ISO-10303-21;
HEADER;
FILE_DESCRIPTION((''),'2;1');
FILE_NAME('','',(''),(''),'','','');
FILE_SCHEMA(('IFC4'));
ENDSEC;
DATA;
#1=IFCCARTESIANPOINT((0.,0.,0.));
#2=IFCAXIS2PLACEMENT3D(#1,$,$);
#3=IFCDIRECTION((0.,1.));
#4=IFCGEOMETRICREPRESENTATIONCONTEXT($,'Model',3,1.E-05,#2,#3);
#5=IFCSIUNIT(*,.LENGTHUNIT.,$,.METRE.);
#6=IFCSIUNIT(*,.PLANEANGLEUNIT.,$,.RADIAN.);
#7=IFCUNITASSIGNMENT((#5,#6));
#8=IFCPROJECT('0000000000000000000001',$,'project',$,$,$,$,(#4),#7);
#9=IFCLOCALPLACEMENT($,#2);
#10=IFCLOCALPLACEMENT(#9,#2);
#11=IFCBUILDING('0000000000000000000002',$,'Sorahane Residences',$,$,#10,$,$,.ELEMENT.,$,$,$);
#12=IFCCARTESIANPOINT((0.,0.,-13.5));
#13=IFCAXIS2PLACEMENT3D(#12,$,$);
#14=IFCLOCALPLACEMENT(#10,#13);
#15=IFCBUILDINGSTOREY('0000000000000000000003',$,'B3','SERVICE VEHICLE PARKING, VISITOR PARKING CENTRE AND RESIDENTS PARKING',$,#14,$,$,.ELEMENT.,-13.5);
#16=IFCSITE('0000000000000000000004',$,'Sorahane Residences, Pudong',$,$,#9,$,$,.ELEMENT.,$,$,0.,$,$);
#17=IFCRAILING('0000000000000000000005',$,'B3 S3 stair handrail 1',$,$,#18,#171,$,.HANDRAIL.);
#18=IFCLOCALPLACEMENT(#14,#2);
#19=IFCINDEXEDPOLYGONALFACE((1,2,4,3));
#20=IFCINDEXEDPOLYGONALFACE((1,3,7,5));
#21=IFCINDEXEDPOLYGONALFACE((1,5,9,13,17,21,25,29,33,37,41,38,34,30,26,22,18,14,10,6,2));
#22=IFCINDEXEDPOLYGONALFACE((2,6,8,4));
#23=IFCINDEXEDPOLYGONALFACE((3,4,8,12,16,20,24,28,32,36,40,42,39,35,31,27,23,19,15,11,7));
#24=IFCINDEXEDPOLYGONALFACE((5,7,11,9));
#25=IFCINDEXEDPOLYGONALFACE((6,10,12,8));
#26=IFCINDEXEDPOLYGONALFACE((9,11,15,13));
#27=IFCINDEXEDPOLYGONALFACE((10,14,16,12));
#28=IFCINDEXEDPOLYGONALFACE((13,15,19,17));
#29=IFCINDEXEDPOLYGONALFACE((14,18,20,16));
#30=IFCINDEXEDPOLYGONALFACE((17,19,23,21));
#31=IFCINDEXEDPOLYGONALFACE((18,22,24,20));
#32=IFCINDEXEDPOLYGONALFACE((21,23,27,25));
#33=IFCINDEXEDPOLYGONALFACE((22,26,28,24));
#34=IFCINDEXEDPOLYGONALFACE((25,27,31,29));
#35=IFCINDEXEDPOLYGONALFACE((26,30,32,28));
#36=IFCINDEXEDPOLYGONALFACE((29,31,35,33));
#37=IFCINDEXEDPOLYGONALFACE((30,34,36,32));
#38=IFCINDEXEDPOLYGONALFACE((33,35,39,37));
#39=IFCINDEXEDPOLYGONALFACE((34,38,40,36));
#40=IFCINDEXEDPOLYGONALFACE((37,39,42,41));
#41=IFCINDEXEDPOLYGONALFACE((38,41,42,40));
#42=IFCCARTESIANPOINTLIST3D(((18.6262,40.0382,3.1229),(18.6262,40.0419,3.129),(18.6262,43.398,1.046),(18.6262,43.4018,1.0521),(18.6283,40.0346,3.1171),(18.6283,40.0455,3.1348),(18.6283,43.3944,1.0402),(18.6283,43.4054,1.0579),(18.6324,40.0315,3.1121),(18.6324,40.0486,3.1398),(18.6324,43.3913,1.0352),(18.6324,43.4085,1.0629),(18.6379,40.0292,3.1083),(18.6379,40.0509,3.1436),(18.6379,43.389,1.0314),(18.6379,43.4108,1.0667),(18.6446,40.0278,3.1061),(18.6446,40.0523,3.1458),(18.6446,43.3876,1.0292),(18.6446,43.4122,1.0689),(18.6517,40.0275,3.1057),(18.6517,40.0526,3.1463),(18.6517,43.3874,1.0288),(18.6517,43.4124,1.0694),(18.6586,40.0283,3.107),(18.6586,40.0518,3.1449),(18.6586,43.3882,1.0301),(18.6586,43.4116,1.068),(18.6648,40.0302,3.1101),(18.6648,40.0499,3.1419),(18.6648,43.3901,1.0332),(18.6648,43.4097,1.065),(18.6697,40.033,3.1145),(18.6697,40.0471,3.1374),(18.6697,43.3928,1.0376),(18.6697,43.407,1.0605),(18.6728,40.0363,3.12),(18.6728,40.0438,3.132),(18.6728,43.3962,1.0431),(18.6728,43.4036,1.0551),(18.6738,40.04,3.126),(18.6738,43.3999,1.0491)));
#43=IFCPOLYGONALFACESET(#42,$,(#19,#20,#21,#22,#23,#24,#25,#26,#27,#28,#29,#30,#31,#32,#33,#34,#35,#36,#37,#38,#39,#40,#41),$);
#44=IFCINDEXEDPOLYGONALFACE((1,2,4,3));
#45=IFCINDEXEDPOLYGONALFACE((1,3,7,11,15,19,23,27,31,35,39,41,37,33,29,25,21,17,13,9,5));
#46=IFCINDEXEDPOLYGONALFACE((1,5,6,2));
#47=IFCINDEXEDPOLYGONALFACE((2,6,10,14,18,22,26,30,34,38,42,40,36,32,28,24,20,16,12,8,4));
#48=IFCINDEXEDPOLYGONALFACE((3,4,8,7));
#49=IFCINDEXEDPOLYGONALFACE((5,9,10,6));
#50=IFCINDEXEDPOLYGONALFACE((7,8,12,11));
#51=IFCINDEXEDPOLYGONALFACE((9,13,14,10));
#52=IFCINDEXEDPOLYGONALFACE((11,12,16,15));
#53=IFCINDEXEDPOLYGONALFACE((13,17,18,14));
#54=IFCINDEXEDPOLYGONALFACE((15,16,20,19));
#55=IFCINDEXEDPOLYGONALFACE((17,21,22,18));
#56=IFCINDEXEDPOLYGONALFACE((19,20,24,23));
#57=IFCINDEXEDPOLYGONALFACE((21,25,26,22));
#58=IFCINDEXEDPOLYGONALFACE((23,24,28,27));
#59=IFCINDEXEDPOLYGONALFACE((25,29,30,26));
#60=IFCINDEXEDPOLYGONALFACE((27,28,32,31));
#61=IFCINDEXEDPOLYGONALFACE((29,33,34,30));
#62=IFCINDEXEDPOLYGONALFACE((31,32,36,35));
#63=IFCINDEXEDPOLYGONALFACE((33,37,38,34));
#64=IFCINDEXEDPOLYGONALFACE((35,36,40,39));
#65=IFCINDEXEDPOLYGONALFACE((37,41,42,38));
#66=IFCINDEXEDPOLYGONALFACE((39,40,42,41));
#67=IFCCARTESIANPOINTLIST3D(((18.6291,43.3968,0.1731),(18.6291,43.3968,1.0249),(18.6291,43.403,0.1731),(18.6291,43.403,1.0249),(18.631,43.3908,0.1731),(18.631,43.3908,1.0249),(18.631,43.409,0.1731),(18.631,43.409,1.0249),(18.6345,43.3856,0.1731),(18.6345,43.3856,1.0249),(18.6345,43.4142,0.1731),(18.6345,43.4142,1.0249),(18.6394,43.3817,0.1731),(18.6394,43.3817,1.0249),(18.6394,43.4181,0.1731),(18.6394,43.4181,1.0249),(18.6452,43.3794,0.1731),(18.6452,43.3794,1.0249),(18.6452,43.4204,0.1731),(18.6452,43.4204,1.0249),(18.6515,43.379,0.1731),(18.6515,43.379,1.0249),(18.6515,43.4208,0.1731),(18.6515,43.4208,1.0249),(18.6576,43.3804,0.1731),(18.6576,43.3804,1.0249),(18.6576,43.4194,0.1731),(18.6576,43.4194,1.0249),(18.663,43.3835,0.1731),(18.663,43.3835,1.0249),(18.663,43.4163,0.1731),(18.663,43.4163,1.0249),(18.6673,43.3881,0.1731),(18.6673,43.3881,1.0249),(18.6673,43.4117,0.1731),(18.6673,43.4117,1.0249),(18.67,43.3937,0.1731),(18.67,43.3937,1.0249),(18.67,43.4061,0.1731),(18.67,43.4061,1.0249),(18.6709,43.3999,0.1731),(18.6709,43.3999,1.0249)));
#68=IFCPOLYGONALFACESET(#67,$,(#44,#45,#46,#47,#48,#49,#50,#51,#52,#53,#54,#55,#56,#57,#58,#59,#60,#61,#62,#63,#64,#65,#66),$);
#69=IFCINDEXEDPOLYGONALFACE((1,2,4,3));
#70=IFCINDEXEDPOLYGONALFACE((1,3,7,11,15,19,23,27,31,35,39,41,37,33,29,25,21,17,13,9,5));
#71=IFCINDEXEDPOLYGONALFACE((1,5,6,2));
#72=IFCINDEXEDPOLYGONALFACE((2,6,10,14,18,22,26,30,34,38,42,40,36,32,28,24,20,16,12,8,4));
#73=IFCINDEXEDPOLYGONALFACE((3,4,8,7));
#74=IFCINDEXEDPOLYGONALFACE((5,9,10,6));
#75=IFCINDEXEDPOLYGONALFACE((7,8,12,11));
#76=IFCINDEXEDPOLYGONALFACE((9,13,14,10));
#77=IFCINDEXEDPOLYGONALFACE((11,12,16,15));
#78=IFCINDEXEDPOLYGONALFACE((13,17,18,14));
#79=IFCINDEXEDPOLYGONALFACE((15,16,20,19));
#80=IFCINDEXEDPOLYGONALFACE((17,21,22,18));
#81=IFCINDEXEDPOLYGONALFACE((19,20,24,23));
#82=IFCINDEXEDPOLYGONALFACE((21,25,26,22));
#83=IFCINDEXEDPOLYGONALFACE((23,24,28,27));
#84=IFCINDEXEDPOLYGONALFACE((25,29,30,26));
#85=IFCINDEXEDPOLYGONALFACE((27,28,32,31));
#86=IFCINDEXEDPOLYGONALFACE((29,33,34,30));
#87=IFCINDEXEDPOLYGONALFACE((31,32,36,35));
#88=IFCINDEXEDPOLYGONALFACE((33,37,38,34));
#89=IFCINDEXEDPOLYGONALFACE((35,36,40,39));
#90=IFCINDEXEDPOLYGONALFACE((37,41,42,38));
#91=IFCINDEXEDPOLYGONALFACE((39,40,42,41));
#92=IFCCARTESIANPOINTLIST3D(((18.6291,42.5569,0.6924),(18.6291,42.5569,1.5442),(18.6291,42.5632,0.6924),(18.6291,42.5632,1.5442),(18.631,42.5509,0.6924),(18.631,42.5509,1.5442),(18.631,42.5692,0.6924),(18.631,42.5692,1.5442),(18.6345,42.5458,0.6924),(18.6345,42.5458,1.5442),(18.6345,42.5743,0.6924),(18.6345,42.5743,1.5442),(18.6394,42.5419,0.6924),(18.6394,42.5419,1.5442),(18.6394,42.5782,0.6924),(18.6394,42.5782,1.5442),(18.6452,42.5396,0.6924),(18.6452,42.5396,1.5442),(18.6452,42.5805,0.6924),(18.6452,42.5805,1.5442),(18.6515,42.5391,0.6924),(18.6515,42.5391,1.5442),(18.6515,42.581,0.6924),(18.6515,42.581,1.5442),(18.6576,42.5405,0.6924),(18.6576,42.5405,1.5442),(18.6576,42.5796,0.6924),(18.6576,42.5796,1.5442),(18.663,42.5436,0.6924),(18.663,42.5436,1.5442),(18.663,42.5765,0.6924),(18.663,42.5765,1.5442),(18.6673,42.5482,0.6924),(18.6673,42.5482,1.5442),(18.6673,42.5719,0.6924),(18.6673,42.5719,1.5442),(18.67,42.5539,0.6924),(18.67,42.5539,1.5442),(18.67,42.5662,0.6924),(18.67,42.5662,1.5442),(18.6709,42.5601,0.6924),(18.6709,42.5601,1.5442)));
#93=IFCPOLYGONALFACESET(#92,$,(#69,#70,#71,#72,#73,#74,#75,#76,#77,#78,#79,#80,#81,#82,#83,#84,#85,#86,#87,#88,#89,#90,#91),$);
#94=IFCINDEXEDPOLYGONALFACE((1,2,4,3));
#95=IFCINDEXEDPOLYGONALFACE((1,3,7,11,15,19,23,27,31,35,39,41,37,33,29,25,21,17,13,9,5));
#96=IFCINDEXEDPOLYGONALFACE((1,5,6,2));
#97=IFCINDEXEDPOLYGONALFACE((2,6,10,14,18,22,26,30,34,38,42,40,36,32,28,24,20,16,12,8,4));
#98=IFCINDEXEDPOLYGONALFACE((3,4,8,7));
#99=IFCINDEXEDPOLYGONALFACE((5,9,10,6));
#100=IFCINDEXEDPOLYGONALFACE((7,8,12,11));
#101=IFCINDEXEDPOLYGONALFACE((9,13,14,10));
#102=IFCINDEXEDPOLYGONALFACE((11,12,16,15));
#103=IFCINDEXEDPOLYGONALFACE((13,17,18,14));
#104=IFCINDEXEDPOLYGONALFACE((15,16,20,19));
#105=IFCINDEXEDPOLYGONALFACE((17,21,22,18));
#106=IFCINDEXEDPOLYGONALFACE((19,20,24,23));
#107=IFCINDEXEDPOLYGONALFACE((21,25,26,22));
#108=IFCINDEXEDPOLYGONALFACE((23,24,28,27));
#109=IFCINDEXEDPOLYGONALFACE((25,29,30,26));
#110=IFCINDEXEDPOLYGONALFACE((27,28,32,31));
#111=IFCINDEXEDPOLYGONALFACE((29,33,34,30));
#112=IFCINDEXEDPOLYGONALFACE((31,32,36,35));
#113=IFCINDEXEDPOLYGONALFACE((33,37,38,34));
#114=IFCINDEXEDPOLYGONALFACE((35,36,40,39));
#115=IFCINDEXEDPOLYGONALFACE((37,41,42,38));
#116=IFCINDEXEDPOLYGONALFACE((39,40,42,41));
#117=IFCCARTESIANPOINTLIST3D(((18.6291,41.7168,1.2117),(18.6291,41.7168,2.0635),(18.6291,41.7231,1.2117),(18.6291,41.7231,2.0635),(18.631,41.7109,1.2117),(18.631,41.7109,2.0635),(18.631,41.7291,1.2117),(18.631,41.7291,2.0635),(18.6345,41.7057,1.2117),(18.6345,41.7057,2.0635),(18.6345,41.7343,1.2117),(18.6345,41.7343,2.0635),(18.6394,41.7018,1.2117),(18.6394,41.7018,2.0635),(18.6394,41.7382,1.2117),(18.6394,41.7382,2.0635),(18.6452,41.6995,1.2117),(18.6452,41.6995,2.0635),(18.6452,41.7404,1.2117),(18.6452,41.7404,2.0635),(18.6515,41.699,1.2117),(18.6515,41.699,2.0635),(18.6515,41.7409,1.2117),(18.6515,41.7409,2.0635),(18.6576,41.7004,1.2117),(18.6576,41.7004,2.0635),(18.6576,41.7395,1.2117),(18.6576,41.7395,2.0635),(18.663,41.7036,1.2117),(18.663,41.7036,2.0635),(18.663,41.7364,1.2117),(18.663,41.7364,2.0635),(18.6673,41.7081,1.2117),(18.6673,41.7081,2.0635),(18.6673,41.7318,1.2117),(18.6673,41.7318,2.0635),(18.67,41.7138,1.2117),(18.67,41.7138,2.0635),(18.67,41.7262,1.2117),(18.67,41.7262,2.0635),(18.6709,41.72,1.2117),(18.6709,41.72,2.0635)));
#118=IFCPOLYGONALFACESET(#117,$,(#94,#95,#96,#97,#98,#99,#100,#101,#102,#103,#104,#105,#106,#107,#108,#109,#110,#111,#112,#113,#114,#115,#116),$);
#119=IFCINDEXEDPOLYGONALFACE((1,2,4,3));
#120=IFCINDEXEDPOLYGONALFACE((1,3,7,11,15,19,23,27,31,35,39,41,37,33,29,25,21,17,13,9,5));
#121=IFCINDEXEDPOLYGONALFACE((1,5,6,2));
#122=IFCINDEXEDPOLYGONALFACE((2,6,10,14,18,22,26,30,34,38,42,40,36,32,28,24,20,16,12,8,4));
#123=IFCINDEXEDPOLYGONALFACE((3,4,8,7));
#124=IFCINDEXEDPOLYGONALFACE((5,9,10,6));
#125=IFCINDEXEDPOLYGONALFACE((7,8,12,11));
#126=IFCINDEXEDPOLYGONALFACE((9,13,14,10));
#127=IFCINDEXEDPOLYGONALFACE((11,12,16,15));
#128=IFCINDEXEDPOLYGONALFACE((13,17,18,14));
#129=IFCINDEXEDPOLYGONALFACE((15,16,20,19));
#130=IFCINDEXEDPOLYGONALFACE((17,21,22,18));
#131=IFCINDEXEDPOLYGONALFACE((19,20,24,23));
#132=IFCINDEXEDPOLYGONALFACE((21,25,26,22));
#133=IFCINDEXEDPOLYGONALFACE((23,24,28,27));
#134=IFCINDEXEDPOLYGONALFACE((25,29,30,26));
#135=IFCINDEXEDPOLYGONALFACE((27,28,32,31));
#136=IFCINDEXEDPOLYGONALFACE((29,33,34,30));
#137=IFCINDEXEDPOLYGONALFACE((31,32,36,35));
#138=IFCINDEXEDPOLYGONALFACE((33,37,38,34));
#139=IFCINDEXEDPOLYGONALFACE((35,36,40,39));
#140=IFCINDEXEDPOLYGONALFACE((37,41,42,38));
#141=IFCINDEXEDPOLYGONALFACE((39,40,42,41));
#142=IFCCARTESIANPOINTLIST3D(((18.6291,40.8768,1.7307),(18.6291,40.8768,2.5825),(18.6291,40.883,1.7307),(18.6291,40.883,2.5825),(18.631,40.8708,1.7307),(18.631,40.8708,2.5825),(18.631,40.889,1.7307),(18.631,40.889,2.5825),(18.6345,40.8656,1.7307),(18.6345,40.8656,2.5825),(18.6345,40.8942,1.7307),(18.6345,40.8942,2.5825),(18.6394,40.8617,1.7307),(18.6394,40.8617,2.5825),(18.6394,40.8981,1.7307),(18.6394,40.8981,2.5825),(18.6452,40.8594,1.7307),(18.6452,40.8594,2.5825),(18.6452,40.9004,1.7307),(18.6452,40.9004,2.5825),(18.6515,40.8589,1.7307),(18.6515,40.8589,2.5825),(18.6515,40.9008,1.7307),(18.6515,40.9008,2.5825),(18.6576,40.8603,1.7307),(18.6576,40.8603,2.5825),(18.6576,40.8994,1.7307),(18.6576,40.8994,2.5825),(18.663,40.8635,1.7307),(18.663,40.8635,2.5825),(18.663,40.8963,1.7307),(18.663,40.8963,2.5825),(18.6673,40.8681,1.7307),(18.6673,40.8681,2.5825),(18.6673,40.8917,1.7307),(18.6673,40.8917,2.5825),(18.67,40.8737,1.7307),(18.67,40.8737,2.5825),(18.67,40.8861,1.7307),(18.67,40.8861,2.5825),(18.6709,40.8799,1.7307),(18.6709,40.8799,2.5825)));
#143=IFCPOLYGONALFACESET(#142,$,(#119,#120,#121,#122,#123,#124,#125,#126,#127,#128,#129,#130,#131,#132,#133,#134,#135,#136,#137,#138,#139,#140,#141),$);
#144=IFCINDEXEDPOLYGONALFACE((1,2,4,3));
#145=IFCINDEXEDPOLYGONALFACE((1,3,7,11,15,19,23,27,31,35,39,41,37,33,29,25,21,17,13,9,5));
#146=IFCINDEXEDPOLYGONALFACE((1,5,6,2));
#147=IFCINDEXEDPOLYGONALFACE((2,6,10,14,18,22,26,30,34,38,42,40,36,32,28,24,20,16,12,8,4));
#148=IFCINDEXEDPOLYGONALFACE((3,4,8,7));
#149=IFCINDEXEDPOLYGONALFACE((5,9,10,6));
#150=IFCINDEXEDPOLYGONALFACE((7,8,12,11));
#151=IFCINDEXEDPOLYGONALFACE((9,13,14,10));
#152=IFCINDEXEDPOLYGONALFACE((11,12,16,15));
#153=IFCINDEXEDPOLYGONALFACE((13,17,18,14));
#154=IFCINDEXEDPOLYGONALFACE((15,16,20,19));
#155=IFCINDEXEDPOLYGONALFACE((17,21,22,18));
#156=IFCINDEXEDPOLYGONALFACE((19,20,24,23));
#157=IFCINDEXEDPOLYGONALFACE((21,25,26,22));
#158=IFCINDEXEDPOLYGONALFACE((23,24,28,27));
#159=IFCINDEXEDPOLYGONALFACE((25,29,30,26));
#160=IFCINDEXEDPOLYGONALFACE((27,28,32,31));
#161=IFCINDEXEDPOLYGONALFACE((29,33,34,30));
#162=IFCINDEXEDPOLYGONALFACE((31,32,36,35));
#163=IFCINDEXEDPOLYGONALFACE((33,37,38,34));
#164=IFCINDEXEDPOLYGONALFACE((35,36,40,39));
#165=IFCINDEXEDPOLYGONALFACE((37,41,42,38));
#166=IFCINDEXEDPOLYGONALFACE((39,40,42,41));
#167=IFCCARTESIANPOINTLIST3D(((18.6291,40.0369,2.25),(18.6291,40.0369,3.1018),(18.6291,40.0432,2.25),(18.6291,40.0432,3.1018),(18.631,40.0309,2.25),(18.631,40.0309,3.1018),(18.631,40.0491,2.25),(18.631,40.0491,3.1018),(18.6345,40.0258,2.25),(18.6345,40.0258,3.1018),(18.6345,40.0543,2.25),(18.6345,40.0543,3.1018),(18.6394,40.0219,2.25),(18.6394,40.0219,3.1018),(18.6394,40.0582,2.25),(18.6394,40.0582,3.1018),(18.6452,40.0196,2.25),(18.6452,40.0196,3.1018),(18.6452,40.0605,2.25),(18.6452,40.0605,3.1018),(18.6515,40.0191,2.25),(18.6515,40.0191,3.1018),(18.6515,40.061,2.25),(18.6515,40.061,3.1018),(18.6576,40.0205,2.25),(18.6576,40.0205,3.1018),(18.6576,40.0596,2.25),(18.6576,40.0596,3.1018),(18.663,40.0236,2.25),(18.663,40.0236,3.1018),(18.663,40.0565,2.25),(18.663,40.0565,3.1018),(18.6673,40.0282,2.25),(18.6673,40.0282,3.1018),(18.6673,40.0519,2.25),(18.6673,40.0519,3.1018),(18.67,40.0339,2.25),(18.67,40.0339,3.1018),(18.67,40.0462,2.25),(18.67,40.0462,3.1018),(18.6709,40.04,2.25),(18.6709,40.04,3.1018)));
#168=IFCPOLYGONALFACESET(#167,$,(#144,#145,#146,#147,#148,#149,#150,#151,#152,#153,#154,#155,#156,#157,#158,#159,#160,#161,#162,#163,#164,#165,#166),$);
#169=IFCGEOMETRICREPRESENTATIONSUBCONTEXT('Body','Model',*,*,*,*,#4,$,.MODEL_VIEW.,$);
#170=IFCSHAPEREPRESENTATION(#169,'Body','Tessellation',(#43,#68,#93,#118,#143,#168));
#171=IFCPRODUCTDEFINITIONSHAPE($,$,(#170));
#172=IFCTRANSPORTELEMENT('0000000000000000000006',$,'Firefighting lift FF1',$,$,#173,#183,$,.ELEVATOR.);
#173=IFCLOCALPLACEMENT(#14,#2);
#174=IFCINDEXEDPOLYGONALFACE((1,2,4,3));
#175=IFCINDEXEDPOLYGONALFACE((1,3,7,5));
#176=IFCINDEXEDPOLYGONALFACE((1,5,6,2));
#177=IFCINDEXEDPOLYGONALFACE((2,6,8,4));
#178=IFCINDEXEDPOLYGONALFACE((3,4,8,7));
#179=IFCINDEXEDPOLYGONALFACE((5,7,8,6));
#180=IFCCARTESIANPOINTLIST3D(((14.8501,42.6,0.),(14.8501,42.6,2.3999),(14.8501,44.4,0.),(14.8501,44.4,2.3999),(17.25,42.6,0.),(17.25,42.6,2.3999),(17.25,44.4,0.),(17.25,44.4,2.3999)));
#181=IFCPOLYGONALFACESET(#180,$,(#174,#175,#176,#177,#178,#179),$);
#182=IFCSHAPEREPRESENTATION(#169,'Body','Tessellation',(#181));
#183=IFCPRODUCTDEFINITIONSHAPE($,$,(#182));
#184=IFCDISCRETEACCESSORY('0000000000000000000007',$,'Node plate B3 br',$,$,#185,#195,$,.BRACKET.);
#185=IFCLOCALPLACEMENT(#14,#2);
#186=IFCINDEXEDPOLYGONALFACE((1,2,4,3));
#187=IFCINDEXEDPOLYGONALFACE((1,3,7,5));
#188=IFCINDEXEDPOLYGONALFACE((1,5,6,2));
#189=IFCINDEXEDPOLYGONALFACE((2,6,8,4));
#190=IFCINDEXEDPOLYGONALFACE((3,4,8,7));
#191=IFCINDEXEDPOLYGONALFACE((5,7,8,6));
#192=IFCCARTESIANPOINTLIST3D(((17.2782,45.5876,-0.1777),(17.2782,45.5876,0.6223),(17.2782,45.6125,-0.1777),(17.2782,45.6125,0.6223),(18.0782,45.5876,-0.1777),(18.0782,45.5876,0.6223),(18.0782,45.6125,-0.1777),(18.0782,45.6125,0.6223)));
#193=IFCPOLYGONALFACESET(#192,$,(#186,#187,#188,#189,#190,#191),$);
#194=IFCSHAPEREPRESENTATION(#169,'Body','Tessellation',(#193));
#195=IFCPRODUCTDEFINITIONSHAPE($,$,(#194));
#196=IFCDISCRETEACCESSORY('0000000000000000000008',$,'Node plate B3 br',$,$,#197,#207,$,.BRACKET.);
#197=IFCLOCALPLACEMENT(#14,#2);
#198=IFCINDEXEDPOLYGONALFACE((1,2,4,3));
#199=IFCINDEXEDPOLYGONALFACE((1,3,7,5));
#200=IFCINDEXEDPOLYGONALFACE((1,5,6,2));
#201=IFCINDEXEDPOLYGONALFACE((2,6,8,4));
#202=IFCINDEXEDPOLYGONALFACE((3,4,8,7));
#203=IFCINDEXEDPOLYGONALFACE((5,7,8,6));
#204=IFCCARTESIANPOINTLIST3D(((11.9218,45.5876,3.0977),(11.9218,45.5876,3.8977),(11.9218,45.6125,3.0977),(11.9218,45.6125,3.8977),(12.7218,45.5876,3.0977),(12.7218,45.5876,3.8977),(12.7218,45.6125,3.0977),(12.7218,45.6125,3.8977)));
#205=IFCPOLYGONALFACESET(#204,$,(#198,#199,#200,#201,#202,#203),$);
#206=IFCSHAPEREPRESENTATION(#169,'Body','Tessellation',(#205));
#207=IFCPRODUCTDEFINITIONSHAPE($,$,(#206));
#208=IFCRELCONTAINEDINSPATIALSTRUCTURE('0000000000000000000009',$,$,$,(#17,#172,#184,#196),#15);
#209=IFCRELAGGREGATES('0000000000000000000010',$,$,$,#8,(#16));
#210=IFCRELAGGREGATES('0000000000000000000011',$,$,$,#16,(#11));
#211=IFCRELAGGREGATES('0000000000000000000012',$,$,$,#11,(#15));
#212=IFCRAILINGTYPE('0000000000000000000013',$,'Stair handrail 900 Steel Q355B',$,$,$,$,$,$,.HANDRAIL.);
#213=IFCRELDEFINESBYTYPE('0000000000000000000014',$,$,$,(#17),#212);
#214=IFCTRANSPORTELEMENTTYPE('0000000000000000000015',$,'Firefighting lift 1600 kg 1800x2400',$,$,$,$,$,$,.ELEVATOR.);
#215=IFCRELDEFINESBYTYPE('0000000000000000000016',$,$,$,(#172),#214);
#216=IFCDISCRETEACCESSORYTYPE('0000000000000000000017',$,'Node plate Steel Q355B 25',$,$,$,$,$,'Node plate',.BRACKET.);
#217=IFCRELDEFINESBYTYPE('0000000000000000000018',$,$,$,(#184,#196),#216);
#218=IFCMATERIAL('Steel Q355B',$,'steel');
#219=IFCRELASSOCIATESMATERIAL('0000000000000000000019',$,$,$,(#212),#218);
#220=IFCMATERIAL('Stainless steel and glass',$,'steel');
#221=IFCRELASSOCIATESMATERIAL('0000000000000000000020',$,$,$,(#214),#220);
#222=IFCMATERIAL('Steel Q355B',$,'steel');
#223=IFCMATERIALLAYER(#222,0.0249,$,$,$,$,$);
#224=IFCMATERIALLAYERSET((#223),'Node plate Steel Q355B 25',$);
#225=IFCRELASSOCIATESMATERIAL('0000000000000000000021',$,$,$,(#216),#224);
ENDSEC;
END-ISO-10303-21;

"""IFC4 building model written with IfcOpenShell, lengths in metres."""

from ifc_helpers import new_model, si_unit, direction, frame, origin, origin_2d, place, context, subcontext, project, spatial, rectangle, circle, extrude, material, layer, layer_set, type_object, element, save


model = new_model("IFC4")

# Units and contexts
model_context = context("Model", 3, precision=1e-05, world=origin(), true_north=direction((0.0, 1.0)))
body_context = subcontext(model_context, "Body", "Model", "MODEL_VIEW")
ifc_project = project(units=[si_unit("LENGTHUNIT", "METRE"), si_unit("PLANEANGLEUNIT", "RADIAN")], contexts=[model_context])

# Site, building, storey
site_placement = place(None, origin())
site = spatial("IfcSite", under=ifc_project, at=site_placement, Name="Sorahane Residences, Pudong", CompositionType="ELEMENT", RefElevation=0.0)
building_placement = place(site_placement, origin())
building = spatial("IfcBuilding", under=site, at=building_placement, Name="Sorahane Residences", CompositionType="ELEMENT")
storey_placement = place(building_placement, frame((0.0, 0.0, -13.5)))
storey = spatial("IfcBuildingStorey", under=building, at=storey_placement, Name="B3", Description="SERVICE VEHICLE PARKING, VISITOR PARKING CENTRE AND RESIDENTS PARKING", CompositionType="ELEMENT", Elevation=-13.5)

# Railing
ifc_material_1 = material(Name="Steel Q355B", Category="steel")
railing_type_1 = type_object("IfcRailingType", Name="Stair handrail 900 Steel Q355B", PredefinedType="HANDRAIL", material=ifc_material_1)
railing_1_placement = place(storey_placement, frame((18.6499, 43.3999, 0.1731)))
element("IfcRailing", 1, at=railing_1_placement, inside=storey, type_object=railing_type_1, Name="B3 S3 stair handrail 1", PredefinedType="HANDRAIL", context=body_context, shape_type="SweptSolid", body=[
    extrude(circle(Radius=0.0239, at=origin_2d()), frame((0.0, 0.0, 0.876), z_axis=(0.0, -0.850606, 0.525803), x_axis=(1.0, 0.0, 0.0)), (0.0, 0.0, 1.0), 3.95),
    extrude(circle(Radius=0.021, at=origin_2d()), origin(), (0.0, 0.0, 1.0), 0.8518),
    extrude(circle(Radius=0.021, at=origin_2d()), frame((0.0, -0.8398, 0.5193)), (0.0, 0.0, 1.0), 0.8518),
    extrude(circle(Radius=0.021, at=origin_2d()), frame((0.0, -1.6799, 1.0386)), (0.0, 0.0, 1.0), 0.8518),
    extrude(circle(Radius=0.021, at=origin_2d()), frame((0.0, -2.52, 1.5576)), (0.0, 0.0, 1.0), 0.8518),
    extrude(circle(Radius=0.021, at=origin_2d()), frame((0.0, -3.3599, 2.0769)), (0.0, 0.0, 1.0), 0.8518),
])

# Transport element
ifc_material_2 = material(Name="Stainless steel and glass", Category="steel")
transport_element_type = type_object("IfcTransportElementType", Name="Firefighting lift 1600 kg 1800x2400", PredefinedType="ELEVATOR", material=ifc_material_2)
transport_element_placement = place(storey_placement, frame((16.05, 43.5, 0.0), z_axis=(0.0, 0.0, 1.0), x_axis=(1.0, 0.0, 0.0)))
element("IfcTransportElement", 2, at=transport_element_placement, inside=storey, type_object=transport_element_type, Name="Firefighting lift FF1", PredefinedType="ELEVATOR", context=body_context, shape_type="SweptSolid", body=[
    extrude(rectangle(XDim=2.3999, YDim=1.8, at=origin_2d()), origin(), (0.0, 0.0, 1.0), 2.3999),
])

# Discrete accessories
ifc_material_3 = material(Name="Steel Q355B", Category="steel")
ifc_layer_1 = layer(ifc_material_3, 0.0249)
ifc_layer_set_1 = layer_set([ifc_layer_1], Name="Node plate Steel Q355B 25")
discrete_accessory_type = type_object("IfcDiscreteAccessoryType", Name="Node plate Steel Q355B 25", ElementType="Node plate", PredefinedType="BRACKET", material=ifc_layer_set_1)
for number, where, z_axis, x_axis, name in (
    (3, (17.6782, 45.6001, -0.1777), (0.0, 0.0, 1.0), (1.0, 0.0, 0.0), "Node plate B3 br"),
    (4, (12.3218, 45.6001, 3.0977), (0.0, 0.0, 1.0), (1.0, 0.0, 0.0), "Node plate B3 br"),
):
    element("IfcDiscreteAccessory", number, at=place(storey_placement, frame(where, z_axis=z_axis, x_axis=x_axis)), inside=storey, type_object=discrete_accessory_type, Name=name, PredefinedType="BRACKET", context=body_context, shape_type="SweptSolid", body=[
        extrude(rectangle(XDim=0.8, YDim=0.0249, at=origin_2d()), origin(), (0.0, 0.0, 1.0), 0.8),
    ])

save(model, "model.ifc")
